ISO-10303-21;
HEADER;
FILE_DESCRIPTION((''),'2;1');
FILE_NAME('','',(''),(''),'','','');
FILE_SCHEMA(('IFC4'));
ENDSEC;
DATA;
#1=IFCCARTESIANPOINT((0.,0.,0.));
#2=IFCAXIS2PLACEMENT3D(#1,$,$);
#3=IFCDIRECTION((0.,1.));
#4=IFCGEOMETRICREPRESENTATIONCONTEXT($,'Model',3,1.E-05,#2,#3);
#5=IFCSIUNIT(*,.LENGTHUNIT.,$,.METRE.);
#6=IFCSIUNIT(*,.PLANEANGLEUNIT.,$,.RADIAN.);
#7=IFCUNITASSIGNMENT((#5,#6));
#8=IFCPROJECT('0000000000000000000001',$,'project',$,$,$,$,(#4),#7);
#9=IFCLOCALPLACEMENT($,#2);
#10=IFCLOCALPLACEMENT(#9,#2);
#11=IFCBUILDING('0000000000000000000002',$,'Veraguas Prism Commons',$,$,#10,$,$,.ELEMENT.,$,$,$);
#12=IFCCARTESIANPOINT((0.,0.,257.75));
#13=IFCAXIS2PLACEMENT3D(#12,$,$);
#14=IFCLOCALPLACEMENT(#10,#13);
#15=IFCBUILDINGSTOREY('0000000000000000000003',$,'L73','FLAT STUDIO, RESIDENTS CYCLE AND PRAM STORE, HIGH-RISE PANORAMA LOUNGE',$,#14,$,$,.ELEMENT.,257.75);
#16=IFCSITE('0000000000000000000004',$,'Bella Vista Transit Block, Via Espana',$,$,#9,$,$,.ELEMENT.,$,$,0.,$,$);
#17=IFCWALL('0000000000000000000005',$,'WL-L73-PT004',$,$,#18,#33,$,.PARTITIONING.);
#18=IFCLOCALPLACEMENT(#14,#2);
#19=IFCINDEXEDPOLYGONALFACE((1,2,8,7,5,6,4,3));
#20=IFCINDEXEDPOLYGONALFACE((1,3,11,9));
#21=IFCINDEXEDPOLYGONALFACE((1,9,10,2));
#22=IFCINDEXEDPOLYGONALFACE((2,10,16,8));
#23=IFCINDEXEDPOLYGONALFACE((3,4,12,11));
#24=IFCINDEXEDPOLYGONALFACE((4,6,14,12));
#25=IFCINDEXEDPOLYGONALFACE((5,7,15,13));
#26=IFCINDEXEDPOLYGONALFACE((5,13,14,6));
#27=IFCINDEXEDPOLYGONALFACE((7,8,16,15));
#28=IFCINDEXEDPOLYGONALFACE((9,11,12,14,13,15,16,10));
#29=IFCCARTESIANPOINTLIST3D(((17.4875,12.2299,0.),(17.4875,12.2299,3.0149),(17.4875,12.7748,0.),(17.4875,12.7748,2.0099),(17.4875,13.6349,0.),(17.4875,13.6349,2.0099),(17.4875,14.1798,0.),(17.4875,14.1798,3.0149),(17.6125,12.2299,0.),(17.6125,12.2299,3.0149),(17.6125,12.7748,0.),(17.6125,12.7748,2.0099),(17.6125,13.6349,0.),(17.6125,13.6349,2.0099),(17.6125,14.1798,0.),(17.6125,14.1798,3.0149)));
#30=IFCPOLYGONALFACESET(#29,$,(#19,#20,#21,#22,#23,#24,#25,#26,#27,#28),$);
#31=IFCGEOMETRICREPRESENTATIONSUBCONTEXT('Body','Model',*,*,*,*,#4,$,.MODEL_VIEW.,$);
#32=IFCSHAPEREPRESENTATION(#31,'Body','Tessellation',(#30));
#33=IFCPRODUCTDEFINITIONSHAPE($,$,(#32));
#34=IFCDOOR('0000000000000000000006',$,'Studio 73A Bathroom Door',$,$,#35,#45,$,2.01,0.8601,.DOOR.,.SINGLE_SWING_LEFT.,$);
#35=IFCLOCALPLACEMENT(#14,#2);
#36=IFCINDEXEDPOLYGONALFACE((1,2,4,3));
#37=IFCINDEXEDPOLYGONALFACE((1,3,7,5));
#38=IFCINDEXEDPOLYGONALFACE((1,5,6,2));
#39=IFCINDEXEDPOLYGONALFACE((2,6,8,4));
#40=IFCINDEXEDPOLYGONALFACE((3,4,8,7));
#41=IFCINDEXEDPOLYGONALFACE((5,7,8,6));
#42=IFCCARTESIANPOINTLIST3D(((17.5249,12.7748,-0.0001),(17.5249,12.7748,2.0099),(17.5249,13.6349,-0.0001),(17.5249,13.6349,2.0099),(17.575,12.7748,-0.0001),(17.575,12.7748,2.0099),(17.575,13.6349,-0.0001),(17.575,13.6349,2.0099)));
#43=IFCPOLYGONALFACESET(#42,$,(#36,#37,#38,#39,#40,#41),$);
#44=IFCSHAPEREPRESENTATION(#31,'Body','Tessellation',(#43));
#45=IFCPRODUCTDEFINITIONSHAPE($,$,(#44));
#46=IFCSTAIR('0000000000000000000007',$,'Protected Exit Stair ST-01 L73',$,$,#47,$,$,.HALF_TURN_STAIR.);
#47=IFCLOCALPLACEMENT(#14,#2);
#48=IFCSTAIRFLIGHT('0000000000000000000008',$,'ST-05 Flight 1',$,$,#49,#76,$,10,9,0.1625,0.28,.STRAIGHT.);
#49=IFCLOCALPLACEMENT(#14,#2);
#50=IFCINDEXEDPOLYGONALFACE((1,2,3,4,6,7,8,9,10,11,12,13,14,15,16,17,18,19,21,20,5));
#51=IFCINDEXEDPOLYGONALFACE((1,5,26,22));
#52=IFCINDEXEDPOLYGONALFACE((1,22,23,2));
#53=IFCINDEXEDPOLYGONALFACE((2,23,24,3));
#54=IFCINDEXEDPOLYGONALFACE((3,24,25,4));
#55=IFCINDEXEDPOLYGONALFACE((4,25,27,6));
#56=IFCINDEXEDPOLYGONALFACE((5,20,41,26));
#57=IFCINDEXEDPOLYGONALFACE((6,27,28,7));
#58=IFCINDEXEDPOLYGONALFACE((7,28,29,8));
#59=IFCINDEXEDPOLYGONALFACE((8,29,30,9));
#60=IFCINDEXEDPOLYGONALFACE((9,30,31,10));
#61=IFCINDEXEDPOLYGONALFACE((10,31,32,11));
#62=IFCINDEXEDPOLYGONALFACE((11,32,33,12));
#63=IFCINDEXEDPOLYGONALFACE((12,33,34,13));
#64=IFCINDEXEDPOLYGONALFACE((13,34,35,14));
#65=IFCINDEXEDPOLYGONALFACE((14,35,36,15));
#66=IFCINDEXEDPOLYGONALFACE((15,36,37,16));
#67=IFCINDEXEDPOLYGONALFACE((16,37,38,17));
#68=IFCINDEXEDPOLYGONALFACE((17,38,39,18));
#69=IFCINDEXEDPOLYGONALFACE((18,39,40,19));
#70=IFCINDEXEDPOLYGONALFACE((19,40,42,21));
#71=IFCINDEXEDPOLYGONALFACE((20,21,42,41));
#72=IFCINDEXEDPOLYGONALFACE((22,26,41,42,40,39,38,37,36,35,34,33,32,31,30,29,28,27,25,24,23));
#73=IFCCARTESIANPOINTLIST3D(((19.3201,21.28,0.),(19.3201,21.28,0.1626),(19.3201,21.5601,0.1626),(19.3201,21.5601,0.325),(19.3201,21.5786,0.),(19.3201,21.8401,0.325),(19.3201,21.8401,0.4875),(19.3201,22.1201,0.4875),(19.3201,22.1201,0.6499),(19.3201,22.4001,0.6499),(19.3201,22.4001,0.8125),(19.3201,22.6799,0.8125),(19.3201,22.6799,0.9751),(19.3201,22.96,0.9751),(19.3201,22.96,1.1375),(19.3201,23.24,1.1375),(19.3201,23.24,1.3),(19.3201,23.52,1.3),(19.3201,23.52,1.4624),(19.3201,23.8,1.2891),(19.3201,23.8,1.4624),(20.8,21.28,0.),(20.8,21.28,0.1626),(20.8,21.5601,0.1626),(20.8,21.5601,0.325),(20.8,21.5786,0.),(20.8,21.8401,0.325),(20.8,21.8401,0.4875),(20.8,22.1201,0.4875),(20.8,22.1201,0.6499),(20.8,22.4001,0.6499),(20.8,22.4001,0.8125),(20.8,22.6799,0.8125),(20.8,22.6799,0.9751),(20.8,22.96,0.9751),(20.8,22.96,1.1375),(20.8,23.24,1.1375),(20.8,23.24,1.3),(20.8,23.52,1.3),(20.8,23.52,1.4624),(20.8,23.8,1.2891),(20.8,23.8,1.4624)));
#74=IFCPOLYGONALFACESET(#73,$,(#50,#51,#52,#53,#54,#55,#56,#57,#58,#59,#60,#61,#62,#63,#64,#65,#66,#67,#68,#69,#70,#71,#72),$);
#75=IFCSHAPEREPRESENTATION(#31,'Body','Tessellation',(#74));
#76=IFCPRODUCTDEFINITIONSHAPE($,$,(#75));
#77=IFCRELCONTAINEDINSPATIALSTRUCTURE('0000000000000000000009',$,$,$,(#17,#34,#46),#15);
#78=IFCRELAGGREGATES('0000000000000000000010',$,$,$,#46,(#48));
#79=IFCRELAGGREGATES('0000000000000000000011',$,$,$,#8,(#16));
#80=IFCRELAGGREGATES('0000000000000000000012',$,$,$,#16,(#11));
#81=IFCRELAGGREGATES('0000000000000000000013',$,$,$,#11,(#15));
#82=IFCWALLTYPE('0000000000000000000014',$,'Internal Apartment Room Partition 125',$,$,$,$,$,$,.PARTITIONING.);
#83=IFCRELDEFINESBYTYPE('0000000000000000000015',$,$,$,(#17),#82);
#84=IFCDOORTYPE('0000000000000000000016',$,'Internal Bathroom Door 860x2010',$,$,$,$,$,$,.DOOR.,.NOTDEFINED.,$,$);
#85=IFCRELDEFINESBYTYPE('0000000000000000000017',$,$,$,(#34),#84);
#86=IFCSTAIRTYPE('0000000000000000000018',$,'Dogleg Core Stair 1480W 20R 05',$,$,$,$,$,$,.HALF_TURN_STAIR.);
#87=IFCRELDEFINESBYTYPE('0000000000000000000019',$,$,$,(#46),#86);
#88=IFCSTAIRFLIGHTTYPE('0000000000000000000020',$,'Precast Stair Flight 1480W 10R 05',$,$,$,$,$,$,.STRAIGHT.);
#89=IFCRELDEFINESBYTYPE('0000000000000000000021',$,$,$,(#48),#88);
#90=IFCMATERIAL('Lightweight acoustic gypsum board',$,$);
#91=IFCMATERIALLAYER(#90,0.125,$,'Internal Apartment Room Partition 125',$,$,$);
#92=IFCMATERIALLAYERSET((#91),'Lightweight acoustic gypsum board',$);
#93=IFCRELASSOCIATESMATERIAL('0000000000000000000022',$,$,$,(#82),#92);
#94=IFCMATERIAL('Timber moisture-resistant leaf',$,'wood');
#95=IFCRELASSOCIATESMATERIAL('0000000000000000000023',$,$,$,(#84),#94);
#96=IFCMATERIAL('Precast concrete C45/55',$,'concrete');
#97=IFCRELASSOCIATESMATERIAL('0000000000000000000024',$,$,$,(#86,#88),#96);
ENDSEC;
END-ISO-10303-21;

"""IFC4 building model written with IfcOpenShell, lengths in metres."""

from ifc_helpers import new_model, si_unit, direction, frame, frame_2d, origin, place, context, subcontext, project, spatial, polyline, rectangle, outline, extrude, source, transform, mapped, material, layer, layer_set, type_object, element, fill, aggregate, save


model = new_model("IFC4")

# Units and contexts
model_context = context("Model", 3, precision=1e-05, world=origin(), true_north=direction((0.0, 1.0)))
body_context = subcontext(model_context, "Body", "Model", "MODEL_VIEW")
ifc_project = project(units=[si_unit("LENGTHUNIT", "METRE"), si_unit("PLANEANGLEUNIT", "RADIAN")], contexts=[model_context])

# Site, building, storey
site_placement = place(None, origin())
site = spatial("IfcSite", under=ifc_project, at=site_placement, Name="Bella Vista Transit Block, Via Espana", CompositionType="ELEMENT", RefElevation=0.0)
building_placement = place(site_placement, origin())
building = spatial("IfcBuilding", under=site, at=building_placement, Name="Veraguas Prism Commons", CompositionType="ELEMENT")
storey_placement = place(building_placement, frame((0.0, 0.0, 257.75)))
storey = spatial("IfcBuildingStorey", under=building, at=storey_placement, Name="L73", Description="FLAT STUDIO, RESIDENTS CYCLE AND PRAM STORE, HIGH-RISE PANORAMA LOUNGE", CompositionType="ELEMENT", Elevation=257.75)

# Wall, opening, door
ifc_material_1 = material(Name="Lightweight acoustic gypsum board")
ifc_layer_1 = layer(ifc_material_1, 0.125, Name="Internal Apartment Room Partition 125")
ifc_layer_set_1 = layer_set([ifc_layer_1], Name="Lightweight acoustic gypsum board")
wall_type_1 = type_object("IfcWallType", Name="Internal Apartment Room Partition 125", PredefinedType="PARTITIONING", material=ifc_layer_set_1)
wall_1_placement = place(storey_placement, frame((17.55, 14.1799, 0.0), z_axis=(0.0, 0.0, 1.0), x_axis=(0.0, -1.0, 0.0)))
wall_1 = element("IfcWall", 1, at=wall_1_placement, inside=storey, type_object=wall_type_1, Name="WL-L73-PT004", PredefinedType="PARTITIONING", context=body_context, shape_type="SweptSolid", body=[
    extrude(rectangle(XDim=1.95, YDim=0.125, at=frame_2d((0.9751, 0.0))), origin(), (0.0, 0.0, 1.0), 3.0149),
])
opening_1_placement = place(wall_1_placement, frame((0.5449, 0.0, 0.0)))
opening_1 = element("IfcOpeningElement", 2, at=opening_1_placement, cuts=wall_1, PredefinedType="OPENING", context=body_context, shape_type="SweptSolid", body=[
    extrude(rectangle(XDim=0.8601, YDim=2.01, at=frame_2d((0.4302, 1.0049))), frame((0.0, 0.0725, 0.0), z_axis=(0.0, -1.0, 0.0), x_axis=(1.0, 0.0, 0.0)), (0.0, 0.0, 1.0), 0.145),
])
ifc_material_2 = material(Name="Timber moisture-resistant leaf", Category="wood")
door_type_1 = type_object("IfcDoorType", Name="Internal Bathroom Door 860x2010", OperationType="NOTDEFINED", PredefinedType="DOOR", material=ifc_material_2)
shared_shape_1 = source(origin(), body_context, "Body", "SweptSolid", [
    extrude(rectangle(XDim=0.8601, YDim=2.01, at=frame_2d((0.4302, 1.0049))), frame((0.0, 0.0249, 0.0), z_axis=(0.0, -1.0, 0.0), x_axis=(1.0, 0.0, 0.0)), (0.0, 0.0, 1.0), 0.05),
])
door_1_placement = place(opening_1_placement, origin())
door_1 = element("IfcDoor", 3, at=door_1_placement, inside=storey, type_object=door_type_1, Name="Studio 73A Bathroom Door", OperationType="SINGLE_SWING_LEFT", OverallHeight=2.01, OverallWidth=0.8601, PredefinedType="DOOR", context=body_context, shape_type="MappedRepresentation", body=[
    mapped(shared_shape_1, transform((0.0, 0.0, 0.0), scale=1.0)),
])
fill(opening_1, door_1)

# Stair, stair flight
ifc_material_3 = material(Name="Precast concrete C45/55", Category="concrete")
stair_type = type_object("IfcStairType", Name="Dogleg Core Stair 1480W 20R 05", PredefinedType="HALF_TURN_STAIR", material=ifc_material_3)
stair_placement = place(storey_placement, origin())
stair = element("IfcStair", 4, at=stair_placement, inside=storey, type_object=stair_type, Name="Protected Exit Stair ST-01 L73", PredefinedType="HALF_TURN_STAIR")
stair_flight_type = type_object("IfcStairFlightType", Name="Precast Stair Flight 1480W 10R 05", PredefinedType="STRAIGHT", material=ifc_material_3)
stair_flight_placement = place(storey_placement, frame((20.0601, 21.28, 0.0), z_axis=(0.0, 0.0, 1.0), x_axis=(0.0, 1.0, 0.0)))
stair_flight = element("IfcStairFlight", 5, at=stair_flight_placement, type_object=stair_flight_type, Name="ST-05 Flight 1", NumberOfRisers=10, NumberOfTreads=9, PredefinedType="STRAIGHT", RiserHeight=0.1625, TreadLength=0.28, context=body_context, shape_type="SweptSolid", body=[
    extrude(outline(polyline([(0.0, 0.0), (0.0, 0.1626), (0.28, 0.1626), (0.28, 0.325), (0.5601, 0.325), (0.5601, 0.4875), (0.8401, 0.4875), (0.8401, 0.6499), (1.1201, 0.6499), (1.1201, 0.8125), (1.3999, 0.8125), (1.3999, 0.9751), (1.6799, 0.9751), (1.6799, 1.1375), (1.96, 1.1375), (1.96, 1.3), (2.24, 1.3), (2.24, 1.4624), (2.52, 1.4624), (2.52, 1.625), (2.52, 1.2891), (0.2986, 0.0), (0.0, 0.0)])), frame((0.0, 0.74, 0.0), z_axis=(0.0, -1.0, 0.0), x_axis=(1.0, 0.0, 0.0)), (0.0, 0.0, 1.0), 1.48),
])
aggregate(stair, [stair_flight])

save(model, "model.ifc")
